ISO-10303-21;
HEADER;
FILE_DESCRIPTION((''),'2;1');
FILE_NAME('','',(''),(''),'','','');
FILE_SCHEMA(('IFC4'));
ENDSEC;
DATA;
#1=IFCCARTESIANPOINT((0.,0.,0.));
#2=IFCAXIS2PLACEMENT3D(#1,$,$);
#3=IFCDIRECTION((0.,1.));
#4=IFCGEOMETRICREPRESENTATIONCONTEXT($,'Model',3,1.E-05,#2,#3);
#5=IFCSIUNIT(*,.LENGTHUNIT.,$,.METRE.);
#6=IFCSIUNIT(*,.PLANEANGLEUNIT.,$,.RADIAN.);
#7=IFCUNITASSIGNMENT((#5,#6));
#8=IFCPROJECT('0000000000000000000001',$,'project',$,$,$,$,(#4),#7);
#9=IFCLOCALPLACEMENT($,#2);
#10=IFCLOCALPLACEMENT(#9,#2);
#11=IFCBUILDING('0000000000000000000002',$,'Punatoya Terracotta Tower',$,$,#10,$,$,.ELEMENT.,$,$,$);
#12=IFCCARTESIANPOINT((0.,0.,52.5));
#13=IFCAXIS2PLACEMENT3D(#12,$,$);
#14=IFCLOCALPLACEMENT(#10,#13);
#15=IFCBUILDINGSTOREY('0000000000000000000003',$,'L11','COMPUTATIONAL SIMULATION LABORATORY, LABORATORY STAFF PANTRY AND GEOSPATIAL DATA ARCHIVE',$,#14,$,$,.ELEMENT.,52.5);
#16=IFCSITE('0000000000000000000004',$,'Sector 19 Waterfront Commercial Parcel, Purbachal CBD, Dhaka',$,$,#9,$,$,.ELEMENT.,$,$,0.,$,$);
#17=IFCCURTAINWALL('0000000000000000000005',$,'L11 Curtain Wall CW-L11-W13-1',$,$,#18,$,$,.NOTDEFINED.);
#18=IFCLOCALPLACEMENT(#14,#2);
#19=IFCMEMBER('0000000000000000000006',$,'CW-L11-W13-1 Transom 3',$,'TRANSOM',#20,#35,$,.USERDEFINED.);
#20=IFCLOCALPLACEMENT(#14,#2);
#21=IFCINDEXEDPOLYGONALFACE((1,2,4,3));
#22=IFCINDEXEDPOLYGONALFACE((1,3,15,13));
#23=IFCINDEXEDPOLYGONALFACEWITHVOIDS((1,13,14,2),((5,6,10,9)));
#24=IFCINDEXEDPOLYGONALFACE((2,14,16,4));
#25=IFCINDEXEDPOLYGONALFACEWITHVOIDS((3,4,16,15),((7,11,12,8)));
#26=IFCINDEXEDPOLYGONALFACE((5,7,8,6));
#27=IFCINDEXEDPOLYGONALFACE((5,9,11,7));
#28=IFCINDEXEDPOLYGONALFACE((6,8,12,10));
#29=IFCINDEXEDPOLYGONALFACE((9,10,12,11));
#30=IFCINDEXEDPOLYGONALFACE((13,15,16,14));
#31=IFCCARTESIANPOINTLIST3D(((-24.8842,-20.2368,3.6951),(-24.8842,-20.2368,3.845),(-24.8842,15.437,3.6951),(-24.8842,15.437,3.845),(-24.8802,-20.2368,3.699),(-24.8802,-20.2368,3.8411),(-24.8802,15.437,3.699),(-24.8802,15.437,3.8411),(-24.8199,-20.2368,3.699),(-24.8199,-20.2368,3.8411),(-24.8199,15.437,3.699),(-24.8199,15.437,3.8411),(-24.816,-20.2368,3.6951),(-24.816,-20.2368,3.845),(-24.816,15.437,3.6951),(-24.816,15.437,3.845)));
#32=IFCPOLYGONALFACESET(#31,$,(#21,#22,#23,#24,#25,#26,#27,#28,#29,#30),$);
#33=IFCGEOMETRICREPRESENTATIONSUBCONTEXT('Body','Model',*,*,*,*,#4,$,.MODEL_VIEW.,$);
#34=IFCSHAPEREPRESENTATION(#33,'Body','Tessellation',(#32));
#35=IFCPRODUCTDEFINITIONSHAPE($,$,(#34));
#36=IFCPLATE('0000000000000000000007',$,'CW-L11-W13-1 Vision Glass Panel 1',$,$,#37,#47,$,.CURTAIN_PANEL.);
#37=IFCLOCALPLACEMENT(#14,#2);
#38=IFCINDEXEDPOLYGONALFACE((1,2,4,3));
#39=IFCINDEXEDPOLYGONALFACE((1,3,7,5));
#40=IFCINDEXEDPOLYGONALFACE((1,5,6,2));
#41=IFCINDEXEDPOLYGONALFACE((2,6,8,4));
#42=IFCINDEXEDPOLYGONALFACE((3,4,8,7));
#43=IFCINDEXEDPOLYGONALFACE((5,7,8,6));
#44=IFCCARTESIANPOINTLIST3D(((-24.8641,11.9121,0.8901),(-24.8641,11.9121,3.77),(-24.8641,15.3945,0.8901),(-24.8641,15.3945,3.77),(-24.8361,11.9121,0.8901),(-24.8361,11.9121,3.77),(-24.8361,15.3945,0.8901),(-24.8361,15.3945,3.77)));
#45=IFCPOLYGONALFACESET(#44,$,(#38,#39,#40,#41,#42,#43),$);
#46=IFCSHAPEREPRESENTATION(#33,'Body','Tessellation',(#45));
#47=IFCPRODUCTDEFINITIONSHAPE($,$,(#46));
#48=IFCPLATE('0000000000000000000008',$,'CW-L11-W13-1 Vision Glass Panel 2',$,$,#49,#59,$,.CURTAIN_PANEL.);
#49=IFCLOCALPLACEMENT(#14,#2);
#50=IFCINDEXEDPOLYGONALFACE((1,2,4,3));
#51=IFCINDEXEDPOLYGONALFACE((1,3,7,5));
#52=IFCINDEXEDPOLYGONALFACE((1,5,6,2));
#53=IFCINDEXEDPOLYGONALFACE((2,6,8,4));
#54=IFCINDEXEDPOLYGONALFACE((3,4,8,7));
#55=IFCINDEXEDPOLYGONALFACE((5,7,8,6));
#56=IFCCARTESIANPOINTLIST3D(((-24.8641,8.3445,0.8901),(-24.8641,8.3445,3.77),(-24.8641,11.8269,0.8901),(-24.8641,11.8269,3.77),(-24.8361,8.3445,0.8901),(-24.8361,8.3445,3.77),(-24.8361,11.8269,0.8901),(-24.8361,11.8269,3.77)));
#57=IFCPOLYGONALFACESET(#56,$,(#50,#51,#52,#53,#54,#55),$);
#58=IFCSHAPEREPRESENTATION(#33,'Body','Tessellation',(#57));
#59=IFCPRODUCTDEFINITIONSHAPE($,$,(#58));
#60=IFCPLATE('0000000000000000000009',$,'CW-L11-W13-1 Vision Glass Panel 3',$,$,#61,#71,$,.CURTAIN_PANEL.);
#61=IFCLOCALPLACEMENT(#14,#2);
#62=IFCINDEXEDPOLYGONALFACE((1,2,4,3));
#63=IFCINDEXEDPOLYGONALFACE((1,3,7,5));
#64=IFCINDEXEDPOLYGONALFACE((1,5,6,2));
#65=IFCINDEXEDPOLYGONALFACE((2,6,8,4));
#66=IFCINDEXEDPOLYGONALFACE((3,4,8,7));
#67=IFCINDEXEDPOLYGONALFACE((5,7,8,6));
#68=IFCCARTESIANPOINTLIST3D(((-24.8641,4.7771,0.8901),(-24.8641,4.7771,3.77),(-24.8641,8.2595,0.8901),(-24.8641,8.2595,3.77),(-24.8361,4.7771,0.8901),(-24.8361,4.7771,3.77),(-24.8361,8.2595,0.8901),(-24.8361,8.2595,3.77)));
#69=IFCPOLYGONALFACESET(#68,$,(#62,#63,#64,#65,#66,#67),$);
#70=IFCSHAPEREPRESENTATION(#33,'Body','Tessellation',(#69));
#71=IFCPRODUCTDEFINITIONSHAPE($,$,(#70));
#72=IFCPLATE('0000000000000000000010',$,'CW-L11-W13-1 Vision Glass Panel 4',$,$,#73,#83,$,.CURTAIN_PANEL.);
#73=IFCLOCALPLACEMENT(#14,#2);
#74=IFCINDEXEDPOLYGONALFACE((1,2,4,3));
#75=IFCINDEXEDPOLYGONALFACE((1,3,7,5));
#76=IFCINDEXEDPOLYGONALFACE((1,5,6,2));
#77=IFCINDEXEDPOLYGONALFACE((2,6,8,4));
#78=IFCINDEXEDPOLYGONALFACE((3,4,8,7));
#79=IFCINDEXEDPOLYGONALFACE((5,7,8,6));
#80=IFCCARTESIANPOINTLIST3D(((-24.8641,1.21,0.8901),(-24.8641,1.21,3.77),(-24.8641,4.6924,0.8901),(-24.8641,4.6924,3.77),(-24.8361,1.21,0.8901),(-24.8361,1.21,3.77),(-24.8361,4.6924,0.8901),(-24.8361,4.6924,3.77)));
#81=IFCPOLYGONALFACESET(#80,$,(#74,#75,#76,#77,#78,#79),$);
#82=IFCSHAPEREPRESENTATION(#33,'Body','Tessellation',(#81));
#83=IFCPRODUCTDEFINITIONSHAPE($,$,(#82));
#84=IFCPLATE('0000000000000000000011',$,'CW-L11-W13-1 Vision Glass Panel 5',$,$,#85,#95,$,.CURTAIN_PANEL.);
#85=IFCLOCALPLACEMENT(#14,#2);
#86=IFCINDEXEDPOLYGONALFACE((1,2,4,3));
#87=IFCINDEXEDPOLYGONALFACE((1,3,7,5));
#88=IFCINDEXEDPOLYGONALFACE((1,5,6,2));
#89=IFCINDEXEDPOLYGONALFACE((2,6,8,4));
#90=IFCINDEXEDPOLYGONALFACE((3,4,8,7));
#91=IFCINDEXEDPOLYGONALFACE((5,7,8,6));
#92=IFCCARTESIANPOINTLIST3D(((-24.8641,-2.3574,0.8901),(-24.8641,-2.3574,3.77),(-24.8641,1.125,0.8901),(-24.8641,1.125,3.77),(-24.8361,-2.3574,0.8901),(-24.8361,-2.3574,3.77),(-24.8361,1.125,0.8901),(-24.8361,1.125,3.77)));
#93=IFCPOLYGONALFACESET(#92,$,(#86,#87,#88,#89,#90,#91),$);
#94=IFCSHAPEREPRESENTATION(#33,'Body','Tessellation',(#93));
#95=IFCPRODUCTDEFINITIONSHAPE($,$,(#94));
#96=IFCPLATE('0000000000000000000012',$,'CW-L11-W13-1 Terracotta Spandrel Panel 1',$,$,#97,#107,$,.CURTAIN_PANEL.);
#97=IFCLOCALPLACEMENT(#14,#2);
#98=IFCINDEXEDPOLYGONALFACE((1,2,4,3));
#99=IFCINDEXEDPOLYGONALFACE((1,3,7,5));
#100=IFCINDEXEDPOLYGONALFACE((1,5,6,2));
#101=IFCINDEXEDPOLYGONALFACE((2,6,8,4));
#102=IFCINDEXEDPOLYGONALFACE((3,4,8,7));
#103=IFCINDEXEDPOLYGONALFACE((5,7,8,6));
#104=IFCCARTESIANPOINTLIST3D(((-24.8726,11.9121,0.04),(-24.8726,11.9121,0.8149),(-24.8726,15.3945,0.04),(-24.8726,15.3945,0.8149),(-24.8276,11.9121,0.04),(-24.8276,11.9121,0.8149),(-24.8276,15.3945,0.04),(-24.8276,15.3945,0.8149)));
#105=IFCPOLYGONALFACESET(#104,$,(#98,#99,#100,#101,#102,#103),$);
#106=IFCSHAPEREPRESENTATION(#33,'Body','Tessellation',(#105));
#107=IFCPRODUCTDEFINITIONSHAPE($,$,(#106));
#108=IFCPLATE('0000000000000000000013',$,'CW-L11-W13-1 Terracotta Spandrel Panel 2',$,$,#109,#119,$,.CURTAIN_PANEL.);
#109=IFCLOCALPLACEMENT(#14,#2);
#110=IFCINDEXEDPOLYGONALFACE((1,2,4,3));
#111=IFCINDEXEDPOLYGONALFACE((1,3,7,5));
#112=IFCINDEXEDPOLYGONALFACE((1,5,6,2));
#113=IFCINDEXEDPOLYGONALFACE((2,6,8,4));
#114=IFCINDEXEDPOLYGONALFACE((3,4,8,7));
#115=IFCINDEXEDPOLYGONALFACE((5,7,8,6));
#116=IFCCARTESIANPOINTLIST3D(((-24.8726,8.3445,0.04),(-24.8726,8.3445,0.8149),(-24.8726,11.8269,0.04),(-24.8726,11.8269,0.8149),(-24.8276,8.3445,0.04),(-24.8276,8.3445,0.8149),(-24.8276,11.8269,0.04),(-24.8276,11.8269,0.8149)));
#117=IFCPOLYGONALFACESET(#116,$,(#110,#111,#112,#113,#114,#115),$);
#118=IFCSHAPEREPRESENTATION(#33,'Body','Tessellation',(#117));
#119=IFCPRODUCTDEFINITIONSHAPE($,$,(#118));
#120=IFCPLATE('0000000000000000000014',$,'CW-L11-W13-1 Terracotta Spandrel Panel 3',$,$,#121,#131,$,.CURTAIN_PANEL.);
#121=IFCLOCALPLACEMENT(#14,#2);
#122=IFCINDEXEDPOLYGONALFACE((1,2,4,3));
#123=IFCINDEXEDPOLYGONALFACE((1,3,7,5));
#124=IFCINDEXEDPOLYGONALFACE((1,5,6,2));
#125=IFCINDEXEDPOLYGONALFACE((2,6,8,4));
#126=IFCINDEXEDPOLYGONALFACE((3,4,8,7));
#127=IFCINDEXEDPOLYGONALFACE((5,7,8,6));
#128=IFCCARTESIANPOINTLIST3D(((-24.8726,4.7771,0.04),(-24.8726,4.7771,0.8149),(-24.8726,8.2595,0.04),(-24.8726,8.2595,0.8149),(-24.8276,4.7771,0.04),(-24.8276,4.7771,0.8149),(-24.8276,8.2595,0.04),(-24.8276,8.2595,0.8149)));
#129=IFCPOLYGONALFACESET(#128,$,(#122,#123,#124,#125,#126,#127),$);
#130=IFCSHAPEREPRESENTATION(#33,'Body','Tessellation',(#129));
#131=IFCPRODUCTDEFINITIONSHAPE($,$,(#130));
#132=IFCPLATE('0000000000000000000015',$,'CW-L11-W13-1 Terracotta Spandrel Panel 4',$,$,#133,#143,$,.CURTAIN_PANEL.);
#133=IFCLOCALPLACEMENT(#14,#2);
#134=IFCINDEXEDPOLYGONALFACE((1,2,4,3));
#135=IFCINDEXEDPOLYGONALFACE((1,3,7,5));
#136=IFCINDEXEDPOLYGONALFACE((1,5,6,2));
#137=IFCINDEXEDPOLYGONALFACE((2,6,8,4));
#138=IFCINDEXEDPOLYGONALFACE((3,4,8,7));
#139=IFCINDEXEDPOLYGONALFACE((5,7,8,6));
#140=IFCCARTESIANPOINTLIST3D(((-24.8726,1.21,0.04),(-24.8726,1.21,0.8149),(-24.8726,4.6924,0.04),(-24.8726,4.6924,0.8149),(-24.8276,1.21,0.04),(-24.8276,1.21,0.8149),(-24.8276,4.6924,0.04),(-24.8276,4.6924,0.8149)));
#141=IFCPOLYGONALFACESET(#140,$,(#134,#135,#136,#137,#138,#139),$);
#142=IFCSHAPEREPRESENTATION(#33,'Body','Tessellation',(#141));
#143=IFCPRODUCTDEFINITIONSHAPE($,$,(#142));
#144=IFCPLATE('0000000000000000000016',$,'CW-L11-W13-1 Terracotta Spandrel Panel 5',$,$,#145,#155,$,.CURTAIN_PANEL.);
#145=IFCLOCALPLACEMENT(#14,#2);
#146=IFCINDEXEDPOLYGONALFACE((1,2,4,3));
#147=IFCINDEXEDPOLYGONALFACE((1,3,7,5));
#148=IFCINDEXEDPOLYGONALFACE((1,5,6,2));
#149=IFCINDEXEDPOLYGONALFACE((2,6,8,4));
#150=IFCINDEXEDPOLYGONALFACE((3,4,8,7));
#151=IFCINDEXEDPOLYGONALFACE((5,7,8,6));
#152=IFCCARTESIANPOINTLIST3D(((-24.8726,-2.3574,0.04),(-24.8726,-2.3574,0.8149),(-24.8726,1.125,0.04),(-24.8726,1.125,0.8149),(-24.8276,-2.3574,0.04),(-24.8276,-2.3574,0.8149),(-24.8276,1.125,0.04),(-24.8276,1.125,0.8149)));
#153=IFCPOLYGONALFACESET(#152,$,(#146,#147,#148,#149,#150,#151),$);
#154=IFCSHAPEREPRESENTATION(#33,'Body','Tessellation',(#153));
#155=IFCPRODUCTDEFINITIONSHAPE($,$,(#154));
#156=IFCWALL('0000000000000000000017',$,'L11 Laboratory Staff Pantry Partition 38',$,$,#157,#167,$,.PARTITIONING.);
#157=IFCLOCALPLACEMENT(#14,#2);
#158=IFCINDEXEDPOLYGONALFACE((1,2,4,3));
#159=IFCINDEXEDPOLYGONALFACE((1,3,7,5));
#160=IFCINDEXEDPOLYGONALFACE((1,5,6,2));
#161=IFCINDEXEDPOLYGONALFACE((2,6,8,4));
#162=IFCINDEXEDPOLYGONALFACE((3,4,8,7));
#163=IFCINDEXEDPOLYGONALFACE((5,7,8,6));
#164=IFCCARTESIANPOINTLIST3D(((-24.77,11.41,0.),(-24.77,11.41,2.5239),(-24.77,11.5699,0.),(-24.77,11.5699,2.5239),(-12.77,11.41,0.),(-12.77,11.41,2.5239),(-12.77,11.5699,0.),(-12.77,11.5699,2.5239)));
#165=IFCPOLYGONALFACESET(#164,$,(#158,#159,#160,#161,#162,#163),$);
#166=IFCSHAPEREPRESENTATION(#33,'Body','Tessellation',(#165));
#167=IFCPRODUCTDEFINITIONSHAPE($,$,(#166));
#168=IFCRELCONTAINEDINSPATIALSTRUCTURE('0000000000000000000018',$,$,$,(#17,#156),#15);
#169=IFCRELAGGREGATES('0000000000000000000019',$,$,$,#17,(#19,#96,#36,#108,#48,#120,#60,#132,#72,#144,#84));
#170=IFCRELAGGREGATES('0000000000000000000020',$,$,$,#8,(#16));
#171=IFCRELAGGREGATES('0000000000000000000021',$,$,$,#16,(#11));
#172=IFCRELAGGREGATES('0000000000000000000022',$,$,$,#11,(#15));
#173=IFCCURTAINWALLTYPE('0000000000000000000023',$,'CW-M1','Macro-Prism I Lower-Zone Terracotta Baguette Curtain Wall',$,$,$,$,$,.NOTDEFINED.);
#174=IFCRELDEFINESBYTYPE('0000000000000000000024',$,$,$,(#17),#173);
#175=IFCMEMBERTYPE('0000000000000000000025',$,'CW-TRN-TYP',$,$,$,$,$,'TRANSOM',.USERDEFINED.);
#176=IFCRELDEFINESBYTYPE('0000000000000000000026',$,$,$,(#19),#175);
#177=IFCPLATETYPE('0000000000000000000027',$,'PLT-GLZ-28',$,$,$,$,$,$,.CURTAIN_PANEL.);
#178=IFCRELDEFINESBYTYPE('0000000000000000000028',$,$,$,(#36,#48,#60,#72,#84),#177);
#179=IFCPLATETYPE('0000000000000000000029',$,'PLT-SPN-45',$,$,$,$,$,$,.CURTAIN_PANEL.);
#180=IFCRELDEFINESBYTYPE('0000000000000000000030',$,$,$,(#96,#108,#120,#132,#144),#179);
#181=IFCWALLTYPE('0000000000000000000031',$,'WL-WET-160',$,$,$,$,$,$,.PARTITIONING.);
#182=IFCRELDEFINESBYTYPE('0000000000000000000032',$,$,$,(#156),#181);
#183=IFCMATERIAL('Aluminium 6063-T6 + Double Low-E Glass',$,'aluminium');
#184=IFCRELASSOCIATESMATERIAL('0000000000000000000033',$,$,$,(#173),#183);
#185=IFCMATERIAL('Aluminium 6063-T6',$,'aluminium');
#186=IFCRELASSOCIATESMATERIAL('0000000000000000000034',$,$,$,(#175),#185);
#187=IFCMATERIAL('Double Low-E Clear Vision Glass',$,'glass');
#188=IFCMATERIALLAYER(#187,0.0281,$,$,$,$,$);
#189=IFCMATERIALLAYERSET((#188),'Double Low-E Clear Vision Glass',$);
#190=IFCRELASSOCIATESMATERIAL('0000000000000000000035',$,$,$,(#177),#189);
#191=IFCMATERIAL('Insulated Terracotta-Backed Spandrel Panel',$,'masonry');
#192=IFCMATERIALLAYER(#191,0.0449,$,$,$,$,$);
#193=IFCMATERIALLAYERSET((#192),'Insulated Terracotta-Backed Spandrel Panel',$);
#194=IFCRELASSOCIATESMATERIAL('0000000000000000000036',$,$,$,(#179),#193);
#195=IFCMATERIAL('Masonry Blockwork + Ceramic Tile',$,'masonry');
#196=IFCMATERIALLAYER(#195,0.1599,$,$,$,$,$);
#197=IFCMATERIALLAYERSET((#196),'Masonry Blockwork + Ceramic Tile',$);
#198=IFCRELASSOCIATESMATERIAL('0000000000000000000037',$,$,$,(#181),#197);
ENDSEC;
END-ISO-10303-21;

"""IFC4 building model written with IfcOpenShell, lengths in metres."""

from ifc_helpers import new_model, si_unit, direction, frame, frame_2d, origin, origin_2d, place, context, subcontext, project, spatial, rectangle, hollow_rectangle, extrude, material, layer, layer_set, material_profile, profile_set, type_object, element, aggregate, save


model = new_model("IFC4")

# Units and contexts
model_context = context("Model", 3, precision=1e-05, world=origin(), true_north=direction((0.0, 1.0)))
body_context = subcontext(model_context, "Body", "Model", "MODEL_VIEW")
ifc_project = project(units=[si_unit("LENGTHUNIT", "METRE"), si_unit("PLANEANGLEUNIT", "RADIAN")], contexts=[model_context])

# Site, building, storey
site_placement = place(None, origin())
site = spatial("IfcSite", under=ifc_project, at=site_placement, Name="Sector 19 Waterfront Commercial Parcel, Purbachal CBD, Dhaka", CompositionType="ELEMENT", RefElevation=0.0)
building_placement = place(site_placement, origin())
building = spatial("IfcBuilding", under=site, at=building_placement, Name="Punatoya Terracotta Tower", CompositionType="ELEMENT")
storey_placement = place(building_placement, frame((0.0, 0.0, 52.5)))
storey = spatial("IfcBuildingStorey", under=building, at=storey_placement, Name="L11", Description="COMPUTATIONAL SIMULATION LABORATORY, LABORATORY STAFF PANTRY AND GEOSPATIAL DATA ARCHIVE", CompositionType="ELEMENT", Elevation=52.5)

# Curtain wall, member, plates
ifc_material_1 = material(Name="Aluminium 6063-T6 + Double Low-E Glass", Category="aluminium")
curtain_wall_type = type_object("IfcCurtainWallType", Name="CW-M1", Description="Macro-Prism I Lower-Zone Terracotta Baguette Curtain Wall", PredefinedType="NOTDEFINED", material=ifc_material_1)
curtain_wall_placement = place(storey_placement, origin())
curtain_wall = element("IfcCurtainWall", 1, at=curtain_wall_placement, inside=storey, type_object=curtain_wall_type, Name="L11 Curtain Wall CW-L11-W13-1", PredefinedType="NOTDEFINED")
ifc_material_2 = material(Name="Aluminium 6063-T6", Category="aluminium")
ifc_material_profile_1 = material_profile(ifc_material_2, hollow_rectangle(XDim=0.0681, YDim=0.1499, WallThickness=0.0039, at=origin_2d()))
ifc_profile_set_1 = profile_set([ifc_material_profile_1], Name="Aluminium 6063-T6")
member_type_1 = type_object("IfcMemberType", Name="CW-TRN-TYP", ElementType="TRANSOM", PredefinedType="USERDEFINED", material=ifc_profile_set_1)
member_1_placement = place(storey_placement, frame((-24.8501, 15.437, 3.77), z_axis=(0.0, -1.0, 0.0), x_axis=(1.0, 0.0, 0.0)))
member_1 = element("IfcMember", 2, at=member_1_placement, type_object=member_type_1, Name="CW-L11-W13-1 Transom 3", ObjectType="TRANSOM", PredefinedType="USERDEFINED", context=body_context, shape_type="SweptSolid", body=[
    extrude(hollow_rectangle(XDim=0.0681, YDim=0.1499, WallThickness=0.0039, at=origin_2d()), origin(), (0.0, 0.0, 1.0), 35.6738),
])
ifc_material_3 = material(Name="Double Low-E Clear Vision Glass", Category="glass")
ifc_layer_1 = layer(ifc_material_3, 0.0281)
ifc_layer_set_1 = layer_set([ifc_layer_1], Name="Double Low-E Clear Vision Glass")
plate_type_1 = type_object("IfcPlateType", Name="PLT-GLZ-28", PredefinedType="CURTAIN_PANEL", material=ifc_layer_set_1)
plate_1_placement = place(storey_placement, frame((-24.8501, 13.6533, 0.8901), z_axis=(0.0, 0.0, 1.0), x_axis=(0.0, -1.0, 0.0)))
plate_1 = element("IfcPlate", 3, at=plate_1_placement, type_object=plate_type_1, Name="CW-L11-W13-1 Vision Glass Panel 1", PredefinedType="CURTAIN_PANEL", context=body_context, shape_type="SweptSolid", body=[
    extrude(rectangle(XDim=3.4824, YDim=0.0281, at=origin_2d()), origin(), (0.0, 0.0, 1.0), 2.8799),
])
plate_2_placement = place(storey_placement, frame((-24.8501, 10.0857, 0.8901), z_axis=(0.0, 0.0, 1.0), x_axis=(0.0, -1.0, 0.0)))
plate_2 = element("IfcPlate", 4, at=plate_2_placement, type_object=plate_type_1, Name="CW-L11-W13-1 Vision Glass Panel 2", PredefinedType="CURTAIN_PANEL", context=body_context, shape_type="SweptSolid", body=[
    extrude(rectangle(XDim=3.4824, YDim=0.0281, at=origin_2d()), origin(), (0.0, 0.0, 1.0), 2.8799),
])
plate_3_placement = place(storey_placement, frame((-24.8501, 6.5183, 0.8901), z_axis=(0.0, 0.0, 1.0), x_axis=(0.0, -1.0, 0.0)))
plate_3 = element("IfcPlate", 5, at=plate_3_placement, type_object=plate_type_1, Name="CW-L11-W13-1 Vision Glass Panel 3", PredefinedType="CURTAIN_PANEL", context=body_context, shape_type="SweptSolid", body=[
    extrude(rectangle(XDim=3.4824, YDim=0.0281, at=origin_2d()), origin(), (0.0, 0.0, 1.0), 2.8799),
])
plate_4_placement = place(storey_placement, frame((-24.8501, 2.9512, 0.8901), z_axis=(0.0, 0.0, 1.0), x_axis=(0.0, -1.0, 0.0)))
plate_4 = element("IfcPlate", 6, at=plate_4_placement, type_object=plate_type_1, Name="CW-L11-W13-1 Vision Glass Panel 4", PredefinedType="CURTAIN_PANEL", context=body_context, shape_type="SweptSolid", body=[
    extrude(rectangle(XDim=3.4824, YDim=0.0281, at=origin_2d()), origin(), (0.0, 0.0, 1.0), 2.8799),
])
plate_5_placement = place(storey_placement, frame((-24.8501, -0.6162, 0.8901), z_axis=(0.0, 0.0, 1.0), x_axis=(0.0, -1.0, 0.0)))
plate_5 = element("IfcPlate", 7, at=plate_5_placement, type_object=plate_type_1, Name="CW-L11-W13-1 Vision Glass Panel 5", PredefinedType="CURTAIN_PANEL", context=body_context, shape_type="SweptSolid", body=[
    extrude(rectangle(XDim=3.4824, YDim=0.0281, at=origin_2d()), origin(), (0.0, 0.0, 1.0), 2.8799),
])
ifc_material_4 = material(Name="Insulated Terracotta-Backed Spandrel Panel", Category="masonry")
ifc_layer_2 = layer(ifc_material_4, 0.0449)
ifc_layer_set_2 = layer_set([ifc_layer_2], Name="Insulated Terracotta-Backed Spandrel Panel")
plate_type_2 = type_object("IfcPlateType", Name="PLT-SPN-45", PredefinedType="CURTAIN_PANEL", material=ifc_layer_set_2)
plate_6_placement = place(storey_placement, frame((-24.8501, 13.6533, 0.04), z_axis=(0.0, 0.0, 1.0), x_axis=(0.0, -1.0, 0.0)))
plate_6 = element("IfcPlate", 8, at=plate_6_placement, type_object=plate_type_2, Name="CW-L11-W13-1 Terracotta Spandrel Panel 1", PredefinedType="CURTAIN_PANEL", context=body_context, shape_type="SweptSolid", body=[
    extrude(rectangle(XDim=3.4824, YDim=0.0449, at=origin_2d()), origin(), (0.0, 0.0, 1.0), 0.7749),
])
plate_7_placement = place(storey_placement, frame((-24.8501, 10.0857, 0.04), z_axis=(0.0, 0.0, 1.0), x_axis=(0.0, -1.0, 0.0)))
plate_7 = element("IfcPlate", 9, at=plate_7_placement, type_object=plate_type_2, Name="CW-L11-W13-1 Terracotta Spandrel Panel 2", PredefinedType="CURTAIN_PANEL", context=body_context, shape_type="SweptSolid", body=[
    extrude(rectangle(XDim=3.4824, YDim=0.0449, at=origin_2d()), origin(), (0.0, 0.0, 1.0), 0.7749),
])
plate_8_placement = place(storey_placement, frame((-24.8501, 6.5183, 0.04), z_axis=(0.0, 0.0, 1.0), x_axis=(0.0, -1.0, 0.0)))
plate_8 = element("IfcPlate", 10, at=plate_8_placement, type_object=plate_type_2, Name="CW-L11-W13-1 Terracotta Spandrel Panel 3", PredefinedType="CURTAIN_PANEL", context=body_context, shape_type="SweptSolid", body=[
    extrude(rectangle(XDim=3.4824, YDim=0.0449, at=origin_2d()), origin(), (0.0, 0.0, 1.0), 0.7749),
])
plate_9_placement = place(storey_placement, frame((-24.8501, 2.9512, 0.04), z_axis=(0.0, 0.0, 1.0), x_axis=(0.0, -1.0, 0.0)))
plate_9 = element("IfcPlate", 11, at=plate_9_placement, type_object=plate_type_2, Name="CW-L11-W13-1 Terracotta Spandrel Panel 4", PredefinedType="CURTAIN_PANEL", context=body_context, shape_type="SweptSolid", body=[
    extrude(rectangle(XDim=3.4824, YDim=0.0449, at=origin_2d()), origin(), (0.0, 0.0, 1.0), 0.7749),
])
plate_10_placement = place(storey_placement, frame((-24.8501, -0.6162, 0.04), z_axis=(0.0, 0.0, 1.0), x_axis=(0.0, -1.0, 0.0)))
plate_10 = element("IfcPlate", 12, at=plate_10_placement, type_object=plate_type_2, Name="CW-L11-W13-1 Terracotta Spandrel Panel 5", PredefinedType="CURTAIN_PANEL", context=body_context, shape_type="SweptSolid", body=[
    extrude(rectangle(XDim=3.4824, YDim=0.0449, at=origin_2d()), origin(), (0.0, 0.0, 1.0), 0.7749),
])
aggregate(curtain_wall, [member_1, plate_6, plate_1, plate_7, plate_2, plate_8, plate_3, plate_9, plate_4, plate_10, plate_5])

# Wall
ifc_material_5 = material(Name="Masonry Blockwork + Ceramic Tile", Category="masonry")
ifc_layer_3 = layer(ifc_material_5, 0.1599)
ifc_layer_set_3 = layer_set([ifc_layer_3], Name="Masonry Blockwork + Ceramic Tile")
wall_type = type_object("IfcWallType", Name="WL-WET-160", PredefinedType="PARTITIONING", material=ifc_layer_set_3)
wall_placement = place(storey_placement, frame((-24.77, 11.49, 0.0), z_axis=(0.0, 0.0, 1.0), x_axis=(1.0, 0.0, 0.0)))
element("IfcWall", 13, at=wall_placement, inside=storey, type_object=wall_type, Name="L11 Laboratory Staff Pantry Partition 38", PredefinedType="PARTITIONING", context=body_context, shape_type="SweptSolid", body=[
    extrude(rectangle(XDim=12.0, YDim=0.1599, at=frame_2d((6.0, 0.0))), origin(), (0.0, 0.0, 1.0), 2.5239),
])

save(model, "model.ifc")
